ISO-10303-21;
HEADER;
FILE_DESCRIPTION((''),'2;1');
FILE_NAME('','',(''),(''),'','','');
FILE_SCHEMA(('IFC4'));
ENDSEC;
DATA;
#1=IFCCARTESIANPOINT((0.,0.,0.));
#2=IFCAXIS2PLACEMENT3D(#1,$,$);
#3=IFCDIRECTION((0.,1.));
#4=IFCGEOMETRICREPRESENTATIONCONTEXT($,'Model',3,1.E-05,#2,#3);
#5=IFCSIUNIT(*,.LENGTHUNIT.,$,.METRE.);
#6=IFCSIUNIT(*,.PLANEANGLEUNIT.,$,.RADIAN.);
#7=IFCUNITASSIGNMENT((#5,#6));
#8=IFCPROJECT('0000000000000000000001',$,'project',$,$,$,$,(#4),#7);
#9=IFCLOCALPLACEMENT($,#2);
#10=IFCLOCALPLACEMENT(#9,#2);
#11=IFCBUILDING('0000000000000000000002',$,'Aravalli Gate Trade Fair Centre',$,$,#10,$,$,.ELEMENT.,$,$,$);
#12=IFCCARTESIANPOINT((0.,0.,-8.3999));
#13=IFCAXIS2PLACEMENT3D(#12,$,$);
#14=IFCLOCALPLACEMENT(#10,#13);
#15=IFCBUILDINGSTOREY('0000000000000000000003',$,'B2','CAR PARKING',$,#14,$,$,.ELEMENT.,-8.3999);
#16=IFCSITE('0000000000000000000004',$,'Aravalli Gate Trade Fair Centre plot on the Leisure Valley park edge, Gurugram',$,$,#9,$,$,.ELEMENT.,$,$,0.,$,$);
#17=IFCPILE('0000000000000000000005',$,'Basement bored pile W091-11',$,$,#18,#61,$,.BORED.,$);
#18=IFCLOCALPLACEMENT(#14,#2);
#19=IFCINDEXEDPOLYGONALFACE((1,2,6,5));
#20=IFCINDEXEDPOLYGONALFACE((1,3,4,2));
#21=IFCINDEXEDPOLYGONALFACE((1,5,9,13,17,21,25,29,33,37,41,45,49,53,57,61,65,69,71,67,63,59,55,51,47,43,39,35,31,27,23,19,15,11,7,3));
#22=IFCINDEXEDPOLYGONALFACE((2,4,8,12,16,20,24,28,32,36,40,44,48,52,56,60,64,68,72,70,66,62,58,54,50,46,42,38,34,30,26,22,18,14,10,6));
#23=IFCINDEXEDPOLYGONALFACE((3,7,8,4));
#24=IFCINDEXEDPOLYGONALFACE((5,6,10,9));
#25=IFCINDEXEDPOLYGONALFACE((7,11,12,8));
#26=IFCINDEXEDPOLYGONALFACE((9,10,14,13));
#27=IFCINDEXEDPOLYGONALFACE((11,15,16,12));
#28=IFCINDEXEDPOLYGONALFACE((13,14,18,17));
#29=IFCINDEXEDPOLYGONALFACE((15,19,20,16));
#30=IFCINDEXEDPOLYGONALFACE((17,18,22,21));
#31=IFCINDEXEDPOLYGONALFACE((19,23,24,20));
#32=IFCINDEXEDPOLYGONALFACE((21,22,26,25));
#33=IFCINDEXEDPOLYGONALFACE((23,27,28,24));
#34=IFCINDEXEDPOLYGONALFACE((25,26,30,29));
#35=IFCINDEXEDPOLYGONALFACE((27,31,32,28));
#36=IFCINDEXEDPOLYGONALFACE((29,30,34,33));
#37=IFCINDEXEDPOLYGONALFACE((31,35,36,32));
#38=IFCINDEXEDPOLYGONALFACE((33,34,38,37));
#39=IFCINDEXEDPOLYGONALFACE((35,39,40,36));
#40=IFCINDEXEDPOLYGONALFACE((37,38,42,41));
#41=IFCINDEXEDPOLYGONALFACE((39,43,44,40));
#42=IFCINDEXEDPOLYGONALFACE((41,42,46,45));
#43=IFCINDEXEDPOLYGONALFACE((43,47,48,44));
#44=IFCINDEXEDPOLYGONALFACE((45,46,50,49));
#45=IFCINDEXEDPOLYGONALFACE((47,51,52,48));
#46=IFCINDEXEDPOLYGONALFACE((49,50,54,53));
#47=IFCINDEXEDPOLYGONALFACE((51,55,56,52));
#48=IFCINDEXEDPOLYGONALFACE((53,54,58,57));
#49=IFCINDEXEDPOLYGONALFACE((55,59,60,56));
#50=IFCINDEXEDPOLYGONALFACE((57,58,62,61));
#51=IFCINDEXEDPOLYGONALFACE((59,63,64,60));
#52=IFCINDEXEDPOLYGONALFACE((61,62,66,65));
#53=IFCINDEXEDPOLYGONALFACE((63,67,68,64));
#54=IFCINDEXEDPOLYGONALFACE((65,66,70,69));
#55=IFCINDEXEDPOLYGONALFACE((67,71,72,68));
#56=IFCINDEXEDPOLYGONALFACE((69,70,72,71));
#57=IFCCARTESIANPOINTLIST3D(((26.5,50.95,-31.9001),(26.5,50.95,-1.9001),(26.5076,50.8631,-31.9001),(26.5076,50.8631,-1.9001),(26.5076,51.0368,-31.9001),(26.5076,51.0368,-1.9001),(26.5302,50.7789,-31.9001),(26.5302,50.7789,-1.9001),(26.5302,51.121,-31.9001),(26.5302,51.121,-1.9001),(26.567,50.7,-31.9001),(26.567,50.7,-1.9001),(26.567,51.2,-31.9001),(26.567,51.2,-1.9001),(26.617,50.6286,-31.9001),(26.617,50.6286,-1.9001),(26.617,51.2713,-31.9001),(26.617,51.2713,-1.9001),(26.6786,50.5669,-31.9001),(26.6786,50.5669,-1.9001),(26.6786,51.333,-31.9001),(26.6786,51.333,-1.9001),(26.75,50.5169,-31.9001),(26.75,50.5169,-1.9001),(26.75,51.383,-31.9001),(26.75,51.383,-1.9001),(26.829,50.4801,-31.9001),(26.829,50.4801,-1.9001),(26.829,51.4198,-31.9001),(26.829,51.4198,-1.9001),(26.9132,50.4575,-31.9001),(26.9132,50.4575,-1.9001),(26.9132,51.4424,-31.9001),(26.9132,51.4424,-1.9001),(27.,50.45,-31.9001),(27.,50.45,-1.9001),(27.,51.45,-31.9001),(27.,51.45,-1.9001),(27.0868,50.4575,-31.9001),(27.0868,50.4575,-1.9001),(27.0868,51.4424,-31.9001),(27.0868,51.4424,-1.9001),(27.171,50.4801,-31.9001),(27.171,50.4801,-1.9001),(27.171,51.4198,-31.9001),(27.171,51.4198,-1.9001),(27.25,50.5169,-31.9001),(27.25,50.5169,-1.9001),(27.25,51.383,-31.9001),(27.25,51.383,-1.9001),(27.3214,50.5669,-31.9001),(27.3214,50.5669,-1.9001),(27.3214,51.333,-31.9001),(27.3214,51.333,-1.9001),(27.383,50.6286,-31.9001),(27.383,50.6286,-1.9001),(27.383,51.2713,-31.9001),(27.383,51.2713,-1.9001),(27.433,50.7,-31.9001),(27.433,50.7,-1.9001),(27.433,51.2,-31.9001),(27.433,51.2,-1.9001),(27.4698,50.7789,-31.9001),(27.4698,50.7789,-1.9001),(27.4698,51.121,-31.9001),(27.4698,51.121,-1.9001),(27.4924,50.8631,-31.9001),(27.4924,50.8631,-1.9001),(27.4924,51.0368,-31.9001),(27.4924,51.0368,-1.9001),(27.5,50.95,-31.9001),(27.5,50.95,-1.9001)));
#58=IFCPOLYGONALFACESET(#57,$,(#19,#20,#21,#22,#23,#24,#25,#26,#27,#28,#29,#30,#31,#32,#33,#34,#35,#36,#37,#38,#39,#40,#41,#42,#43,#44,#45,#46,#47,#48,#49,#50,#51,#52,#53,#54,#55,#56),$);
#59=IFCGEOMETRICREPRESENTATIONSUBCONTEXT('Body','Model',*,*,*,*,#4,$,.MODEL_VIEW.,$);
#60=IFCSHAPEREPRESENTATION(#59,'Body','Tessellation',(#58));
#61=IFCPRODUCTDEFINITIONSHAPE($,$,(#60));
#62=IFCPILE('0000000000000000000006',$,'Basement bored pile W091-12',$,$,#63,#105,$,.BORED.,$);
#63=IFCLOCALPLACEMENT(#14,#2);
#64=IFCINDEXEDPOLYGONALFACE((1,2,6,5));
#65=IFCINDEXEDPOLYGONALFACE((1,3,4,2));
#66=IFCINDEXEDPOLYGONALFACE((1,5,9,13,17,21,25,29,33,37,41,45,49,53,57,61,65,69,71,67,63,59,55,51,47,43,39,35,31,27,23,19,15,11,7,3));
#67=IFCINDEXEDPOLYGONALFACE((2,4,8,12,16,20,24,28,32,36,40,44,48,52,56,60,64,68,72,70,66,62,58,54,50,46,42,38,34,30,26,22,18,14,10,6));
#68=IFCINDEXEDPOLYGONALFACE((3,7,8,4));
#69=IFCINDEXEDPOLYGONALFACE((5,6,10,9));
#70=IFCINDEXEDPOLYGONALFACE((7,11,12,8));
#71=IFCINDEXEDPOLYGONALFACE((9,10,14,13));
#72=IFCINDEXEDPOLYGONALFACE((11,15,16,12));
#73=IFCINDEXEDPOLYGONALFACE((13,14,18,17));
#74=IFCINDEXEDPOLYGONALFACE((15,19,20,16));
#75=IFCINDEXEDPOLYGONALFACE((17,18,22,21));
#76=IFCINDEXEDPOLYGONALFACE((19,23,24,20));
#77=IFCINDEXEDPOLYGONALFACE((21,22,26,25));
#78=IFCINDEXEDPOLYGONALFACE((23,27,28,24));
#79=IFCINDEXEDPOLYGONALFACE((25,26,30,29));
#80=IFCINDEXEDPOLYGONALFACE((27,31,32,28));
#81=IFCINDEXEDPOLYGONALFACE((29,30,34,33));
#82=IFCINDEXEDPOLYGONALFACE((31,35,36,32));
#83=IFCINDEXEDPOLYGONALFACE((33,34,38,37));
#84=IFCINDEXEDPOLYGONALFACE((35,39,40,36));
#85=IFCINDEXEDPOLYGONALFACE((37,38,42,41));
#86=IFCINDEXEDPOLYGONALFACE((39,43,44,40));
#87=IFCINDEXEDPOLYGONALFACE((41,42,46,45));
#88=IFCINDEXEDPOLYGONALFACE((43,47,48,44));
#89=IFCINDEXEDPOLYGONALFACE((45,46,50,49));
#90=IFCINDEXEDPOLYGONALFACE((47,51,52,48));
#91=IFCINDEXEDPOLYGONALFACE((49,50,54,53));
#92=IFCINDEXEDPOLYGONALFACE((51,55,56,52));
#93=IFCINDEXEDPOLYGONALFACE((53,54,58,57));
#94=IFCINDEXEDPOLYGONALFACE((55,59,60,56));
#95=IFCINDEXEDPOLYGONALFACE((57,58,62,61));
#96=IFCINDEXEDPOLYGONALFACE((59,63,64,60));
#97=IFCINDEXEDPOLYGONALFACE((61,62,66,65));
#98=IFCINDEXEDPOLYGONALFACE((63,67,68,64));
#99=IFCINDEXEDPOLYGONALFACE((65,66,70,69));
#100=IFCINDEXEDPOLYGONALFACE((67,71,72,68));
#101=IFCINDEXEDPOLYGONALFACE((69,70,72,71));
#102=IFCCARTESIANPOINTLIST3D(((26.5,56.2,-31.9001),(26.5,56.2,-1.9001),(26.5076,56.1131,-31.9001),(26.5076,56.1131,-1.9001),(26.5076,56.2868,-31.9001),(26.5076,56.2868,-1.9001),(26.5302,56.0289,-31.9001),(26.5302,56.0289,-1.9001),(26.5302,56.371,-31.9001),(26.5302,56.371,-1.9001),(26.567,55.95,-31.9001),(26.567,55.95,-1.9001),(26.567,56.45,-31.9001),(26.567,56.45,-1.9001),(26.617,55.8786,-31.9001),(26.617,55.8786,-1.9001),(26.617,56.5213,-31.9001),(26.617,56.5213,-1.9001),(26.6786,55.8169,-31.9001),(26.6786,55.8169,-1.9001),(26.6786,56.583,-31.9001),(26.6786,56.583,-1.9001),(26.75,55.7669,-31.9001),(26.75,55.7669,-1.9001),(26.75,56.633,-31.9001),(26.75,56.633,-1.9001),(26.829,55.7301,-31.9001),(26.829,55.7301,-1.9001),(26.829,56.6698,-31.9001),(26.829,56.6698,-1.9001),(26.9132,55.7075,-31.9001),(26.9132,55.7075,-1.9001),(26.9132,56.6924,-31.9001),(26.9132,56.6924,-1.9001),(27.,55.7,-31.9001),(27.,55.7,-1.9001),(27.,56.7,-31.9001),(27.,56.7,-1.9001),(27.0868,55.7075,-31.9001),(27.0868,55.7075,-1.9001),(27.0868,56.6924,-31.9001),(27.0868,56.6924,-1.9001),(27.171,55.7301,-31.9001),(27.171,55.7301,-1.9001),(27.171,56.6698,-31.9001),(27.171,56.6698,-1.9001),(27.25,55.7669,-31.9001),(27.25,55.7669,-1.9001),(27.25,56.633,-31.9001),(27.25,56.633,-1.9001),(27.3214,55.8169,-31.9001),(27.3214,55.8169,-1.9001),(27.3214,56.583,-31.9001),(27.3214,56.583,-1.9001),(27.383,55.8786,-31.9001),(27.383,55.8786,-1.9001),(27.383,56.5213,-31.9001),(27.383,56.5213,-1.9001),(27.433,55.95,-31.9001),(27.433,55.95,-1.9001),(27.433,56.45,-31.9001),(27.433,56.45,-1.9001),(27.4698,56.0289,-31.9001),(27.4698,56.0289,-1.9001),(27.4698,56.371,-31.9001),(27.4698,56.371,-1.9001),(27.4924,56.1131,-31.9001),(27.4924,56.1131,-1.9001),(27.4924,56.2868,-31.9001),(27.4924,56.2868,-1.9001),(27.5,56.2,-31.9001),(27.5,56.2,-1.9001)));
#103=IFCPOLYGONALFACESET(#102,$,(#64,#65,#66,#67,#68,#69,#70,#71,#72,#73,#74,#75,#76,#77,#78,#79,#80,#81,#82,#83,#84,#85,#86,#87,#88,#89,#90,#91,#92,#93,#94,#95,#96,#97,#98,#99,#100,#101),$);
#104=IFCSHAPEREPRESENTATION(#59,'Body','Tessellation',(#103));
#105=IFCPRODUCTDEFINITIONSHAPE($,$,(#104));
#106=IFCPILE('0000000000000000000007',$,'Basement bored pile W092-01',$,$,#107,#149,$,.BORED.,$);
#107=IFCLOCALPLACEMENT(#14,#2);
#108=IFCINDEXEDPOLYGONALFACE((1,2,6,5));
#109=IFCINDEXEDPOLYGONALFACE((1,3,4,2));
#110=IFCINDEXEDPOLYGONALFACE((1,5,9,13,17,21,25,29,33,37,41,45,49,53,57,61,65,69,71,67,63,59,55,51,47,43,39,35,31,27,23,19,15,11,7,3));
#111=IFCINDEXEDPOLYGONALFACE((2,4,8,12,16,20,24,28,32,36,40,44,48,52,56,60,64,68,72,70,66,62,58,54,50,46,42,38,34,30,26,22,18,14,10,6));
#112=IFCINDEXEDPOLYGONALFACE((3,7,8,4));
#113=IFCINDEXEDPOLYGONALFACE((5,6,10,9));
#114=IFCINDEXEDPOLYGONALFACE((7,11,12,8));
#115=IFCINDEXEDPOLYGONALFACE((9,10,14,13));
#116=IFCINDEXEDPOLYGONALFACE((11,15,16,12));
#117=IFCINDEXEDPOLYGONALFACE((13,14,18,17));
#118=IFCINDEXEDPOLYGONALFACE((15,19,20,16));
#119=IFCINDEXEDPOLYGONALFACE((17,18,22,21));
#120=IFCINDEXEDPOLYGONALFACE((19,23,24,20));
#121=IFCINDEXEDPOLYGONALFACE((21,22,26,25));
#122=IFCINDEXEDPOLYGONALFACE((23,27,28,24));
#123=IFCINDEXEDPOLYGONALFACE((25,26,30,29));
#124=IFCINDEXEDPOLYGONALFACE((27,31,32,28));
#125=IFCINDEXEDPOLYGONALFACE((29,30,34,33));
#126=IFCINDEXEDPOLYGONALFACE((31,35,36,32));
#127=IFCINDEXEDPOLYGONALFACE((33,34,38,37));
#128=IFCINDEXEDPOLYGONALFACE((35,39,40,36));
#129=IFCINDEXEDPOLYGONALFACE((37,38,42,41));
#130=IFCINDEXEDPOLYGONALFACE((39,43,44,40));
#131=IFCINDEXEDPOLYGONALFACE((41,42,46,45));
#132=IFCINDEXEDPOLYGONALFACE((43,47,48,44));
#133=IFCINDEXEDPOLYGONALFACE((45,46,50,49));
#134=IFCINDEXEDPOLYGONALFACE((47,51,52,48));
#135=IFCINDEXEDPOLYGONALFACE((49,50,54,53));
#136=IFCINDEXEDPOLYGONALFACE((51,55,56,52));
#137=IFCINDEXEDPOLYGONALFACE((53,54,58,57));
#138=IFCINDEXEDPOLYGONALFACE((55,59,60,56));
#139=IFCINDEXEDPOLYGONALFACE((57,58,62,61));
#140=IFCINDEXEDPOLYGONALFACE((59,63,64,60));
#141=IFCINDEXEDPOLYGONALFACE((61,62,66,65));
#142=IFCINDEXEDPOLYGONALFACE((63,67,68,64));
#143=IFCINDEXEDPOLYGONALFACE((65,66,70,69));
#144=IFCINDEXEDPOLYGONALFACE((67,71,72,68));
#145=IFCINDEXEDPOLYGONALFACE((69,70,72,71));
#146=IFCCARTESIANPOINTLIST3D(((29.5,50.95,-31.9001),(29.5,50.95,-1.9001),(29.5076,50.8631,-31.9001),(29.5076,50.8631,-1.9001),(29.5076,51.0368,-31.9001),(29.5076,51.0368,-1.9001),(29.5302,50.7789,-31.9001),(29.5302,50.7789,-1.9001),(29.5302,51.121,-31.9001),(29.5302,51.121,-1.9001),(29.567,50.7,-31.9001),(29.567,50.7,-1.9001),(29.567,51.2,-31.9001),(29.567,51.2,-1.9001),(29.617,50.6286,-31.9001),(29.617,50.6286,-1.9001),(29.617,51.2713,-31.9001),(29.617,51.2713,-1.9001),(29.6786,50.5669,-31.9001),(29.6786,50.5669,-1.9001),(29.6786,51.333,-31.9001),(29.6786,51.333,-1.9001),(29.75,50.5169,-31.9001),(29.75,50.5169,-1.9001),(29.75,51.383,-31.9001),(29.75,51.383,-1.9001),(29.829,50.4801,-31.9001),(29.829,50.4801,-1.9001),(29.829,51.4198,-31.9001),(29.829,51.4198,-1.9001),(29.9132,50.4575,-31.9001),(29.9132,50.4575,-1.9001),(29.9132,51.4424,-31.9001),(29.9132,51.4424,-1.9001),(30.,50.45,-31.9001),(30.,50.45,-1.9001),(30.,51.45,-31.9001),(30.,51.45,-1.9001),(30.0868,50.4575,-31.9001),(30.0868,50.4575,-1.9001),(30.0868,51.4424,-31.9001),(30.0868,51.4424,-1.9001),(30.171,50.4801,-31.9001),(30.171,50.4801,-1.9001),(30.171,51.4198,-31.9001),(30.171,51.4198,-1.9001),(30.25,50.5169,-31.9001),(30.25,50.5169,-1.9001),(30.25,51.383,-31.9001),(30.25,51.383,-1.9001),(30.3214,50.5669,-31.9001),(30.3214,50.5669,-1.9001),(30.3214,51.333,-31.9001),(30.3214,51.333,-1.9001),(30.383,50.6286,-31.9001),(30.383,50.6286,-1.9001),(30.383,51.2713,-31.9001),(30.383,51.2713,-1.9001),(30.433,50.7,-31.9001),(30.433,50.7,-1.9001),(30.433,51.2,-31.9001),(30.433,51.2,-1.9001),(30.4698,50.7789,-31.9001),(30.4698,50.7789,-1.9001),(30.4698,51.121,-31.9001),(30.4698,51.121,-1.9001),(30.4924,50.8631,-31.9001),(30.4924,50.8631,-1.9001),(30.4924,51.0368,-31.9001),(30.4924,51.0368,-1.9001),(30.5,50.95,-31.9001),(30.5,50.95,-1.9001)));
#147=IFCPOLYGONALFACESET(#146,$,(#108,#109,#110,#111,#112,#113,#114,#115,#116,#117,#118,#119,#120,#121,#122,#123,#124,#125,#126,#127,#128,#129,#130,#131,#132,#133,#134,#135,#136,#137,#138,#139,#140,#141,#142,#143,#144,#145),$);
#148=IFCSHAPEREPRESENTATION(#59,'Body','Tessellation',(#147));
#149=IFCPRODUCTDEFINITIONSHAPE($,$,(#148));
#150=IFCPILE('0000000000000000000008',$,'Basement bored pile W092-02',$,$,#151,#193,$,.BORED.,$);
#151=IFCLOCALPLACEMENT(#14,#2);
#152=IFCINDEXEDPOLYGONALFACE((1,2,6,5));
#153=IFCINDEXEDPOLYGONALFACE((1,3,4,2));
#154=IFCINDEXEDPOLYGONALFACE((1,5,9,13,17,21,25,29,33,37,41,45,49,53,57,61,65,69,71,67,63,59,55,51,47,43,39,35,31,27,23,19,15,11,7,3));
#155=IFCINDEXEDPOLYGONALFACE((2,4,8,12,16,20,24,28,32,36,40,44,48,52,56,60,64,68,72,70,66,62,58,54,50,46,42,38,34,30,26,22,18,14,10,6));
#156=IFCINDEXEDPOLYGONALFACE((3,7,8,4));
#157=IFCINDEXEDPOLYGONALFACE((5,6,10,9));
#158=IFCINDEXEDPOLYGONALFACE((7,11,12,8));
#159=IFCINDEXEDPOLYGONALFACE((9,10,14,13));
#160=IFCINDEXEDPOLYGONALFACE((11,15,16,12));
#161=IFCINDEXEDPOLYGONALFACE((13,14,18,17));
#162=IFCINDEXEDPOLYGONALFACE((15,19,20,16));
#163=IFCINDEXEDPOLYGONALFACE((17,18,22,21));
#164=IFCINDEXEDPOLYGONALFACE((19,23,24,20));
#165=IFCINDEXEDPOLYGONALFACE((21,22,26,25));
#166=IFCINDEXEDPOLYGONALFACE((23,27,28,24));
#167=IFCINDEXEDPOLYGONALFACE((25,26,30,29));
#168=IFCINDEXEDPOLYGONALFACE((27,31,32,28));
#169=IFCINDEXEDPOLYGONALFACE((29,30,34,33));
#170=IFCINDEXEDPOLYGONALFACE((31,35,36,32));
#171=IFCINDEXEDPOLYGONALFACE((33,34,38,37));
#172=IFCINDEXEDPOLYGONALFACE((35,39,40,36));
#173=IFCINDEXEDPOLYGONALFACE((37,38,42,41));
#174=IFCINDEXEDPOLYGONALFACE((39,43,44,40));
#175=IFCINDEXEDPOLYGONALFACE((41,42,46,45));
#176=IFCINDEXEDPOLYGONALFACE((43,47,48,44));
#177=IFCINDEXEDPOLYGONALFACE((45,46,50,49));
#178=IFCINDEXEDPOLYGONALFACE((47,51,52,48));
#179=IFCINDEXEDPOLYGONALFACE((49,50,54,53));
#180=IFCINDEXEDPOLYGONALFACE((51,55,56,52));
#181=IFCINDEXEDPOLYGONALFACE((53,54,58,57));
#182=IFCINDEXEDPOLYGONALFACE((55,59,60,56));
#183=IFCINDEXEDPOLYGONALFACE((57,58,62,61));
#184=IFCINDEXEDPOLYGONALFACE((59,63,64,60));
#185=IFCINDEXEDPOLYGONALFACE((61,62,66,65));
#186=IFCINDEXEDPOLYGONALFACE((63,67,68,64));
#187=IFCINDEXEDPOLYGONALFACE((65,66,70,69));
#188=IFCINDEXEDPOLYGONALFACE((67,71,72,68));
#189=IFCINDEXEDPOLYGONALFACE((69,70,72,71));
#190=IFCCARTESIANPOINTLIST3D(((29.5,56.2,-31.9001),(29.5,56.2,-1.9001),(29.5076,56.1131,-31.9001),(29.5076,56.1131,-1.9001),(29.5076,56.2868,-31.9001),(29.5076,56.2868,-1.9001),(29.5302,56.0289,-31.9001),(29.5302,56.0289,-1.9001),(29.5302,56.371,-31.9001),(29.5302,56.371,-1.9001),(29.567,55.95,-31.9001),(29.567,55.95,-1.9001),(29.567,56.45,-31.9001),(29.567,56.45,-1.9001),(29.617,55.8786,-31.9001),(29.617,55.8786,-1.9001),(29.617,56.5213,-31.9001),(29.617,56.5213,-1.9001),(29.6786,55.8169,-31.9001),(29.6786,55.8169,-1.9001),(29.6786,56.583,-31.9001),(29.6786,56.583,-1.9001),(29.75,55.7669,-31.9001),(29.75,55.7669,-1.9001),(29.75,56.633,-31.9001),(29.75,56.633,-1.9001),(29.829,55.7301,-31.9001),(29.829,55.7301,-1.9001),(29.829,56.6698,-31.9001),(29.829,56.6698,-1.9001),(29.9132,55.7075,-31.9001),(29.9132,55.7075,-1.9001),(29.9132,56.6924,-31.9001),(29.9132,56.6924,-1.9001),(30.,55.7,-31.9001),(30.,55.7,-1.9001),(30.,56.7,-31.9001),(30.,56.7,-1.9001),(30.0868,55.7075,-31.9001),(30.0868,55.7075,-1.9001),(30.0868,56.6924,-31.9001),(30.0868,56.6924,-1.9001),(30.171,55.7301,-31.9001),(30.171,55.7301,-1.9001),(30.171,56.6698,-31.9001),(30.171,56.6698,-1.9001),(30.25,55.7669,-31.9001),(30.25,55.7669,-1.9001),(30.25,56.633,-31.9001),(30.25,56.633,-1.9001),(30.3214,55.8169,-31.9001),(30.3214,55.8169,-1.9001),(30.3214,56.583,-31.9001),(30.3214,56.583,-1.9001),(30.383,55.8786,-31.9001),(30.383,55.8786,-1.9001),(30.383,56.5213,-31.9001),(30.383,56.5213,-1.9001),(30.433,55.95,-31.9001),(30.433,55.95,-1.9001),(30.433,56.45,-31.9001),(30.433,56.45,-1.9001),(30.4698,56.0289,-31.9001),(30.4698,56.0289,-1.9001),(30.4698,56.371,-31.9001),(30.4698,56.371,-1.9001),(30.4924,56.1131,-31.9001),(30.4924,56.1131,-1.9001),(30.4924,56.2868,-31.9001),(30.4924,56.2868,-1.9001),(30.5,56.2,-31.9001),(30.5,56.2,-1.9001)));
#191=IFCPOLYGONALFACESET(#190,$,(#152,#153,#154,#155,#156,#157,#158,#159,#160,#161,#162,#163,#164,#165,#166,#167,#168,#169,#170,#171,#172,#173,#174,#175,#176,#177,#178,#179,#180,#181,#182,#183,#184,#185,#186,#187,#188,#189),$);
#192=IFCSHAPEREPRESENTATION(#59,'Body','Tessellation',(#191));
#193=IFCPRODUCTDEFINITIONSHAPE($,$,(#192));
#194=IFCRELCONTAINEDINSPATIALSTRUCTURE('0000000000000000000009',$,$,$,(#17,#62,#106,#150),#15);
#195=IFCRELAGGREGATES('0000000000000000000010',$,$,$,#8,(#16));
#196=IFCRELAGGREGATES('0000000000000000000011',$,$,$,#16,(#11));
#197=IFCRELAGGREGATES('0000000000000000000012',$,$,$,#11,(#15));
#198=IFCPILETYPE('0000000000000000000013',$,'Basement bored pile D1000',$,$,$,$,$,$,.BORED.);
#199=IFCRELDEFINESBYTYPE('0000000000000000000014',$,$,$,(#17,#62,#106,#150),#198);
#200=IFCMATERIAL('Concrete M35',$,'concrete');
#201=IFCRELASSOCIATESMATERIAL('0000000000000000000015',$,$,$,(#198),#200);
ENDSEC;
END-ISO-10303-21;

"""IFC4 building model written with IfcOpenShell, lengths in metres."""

from ifc_helpers import new_model, si_unit, direction, frame, origin, origin_2d, place, context, subcontext, project, spatial, circle, extrude, material, material_profile, profile_set, type_object, element, save


model = new_model("IFC4")

# Units and contexts
model_context = context("Model", 3, precision=1e-05, world=origin(), true_north=direction((0.0, 1.0)))
body_context = subcontext(model_context, "Body", "Model", "MODEL_VIEW")
ifc_project = project(units=[si_unit("LENGTHUNIT", "METRE"), si_unit("PLANEANGLEUNIT", "RADIAN")], contexts=[model_context])

# Site, building, storey
site_placement = place(None, origin())
site = spatial("IfcSite", under=ifc_project, at=site_placement, Name="Aravalli Gate Trade Fair Centre plot on the Leisure Valley park edge, Gurugram", CompositionType="ELEMENT", RefElevation=0.0)
building_placement = place(site_placement, origin())
building = spatial("IfcBuilding", under=site, at=building_placement, Name="Aravalli Gate Trade Fair Centre", CompositionType="ELEMENT")
storey_placement = place(building_placement, frame((0.0, 0.0, -8.3999)))
storey = spatial("IfcBuildingStorey", under=building, at=storey_placement, Name="B2", Description="CAR PARKING", CompositionType="ELEMENT", Elevation=-8.3999)

# Piles
ifc_material_1 = material(Name="Concrete M35", Category="concrete")
ifc_material_profile_1 = material_profile(ifc_material_1, circle(Radius=0.5, at=origin_2d()), Name="D1000")
ifc_profile_set_1 = profile_set([ifc_material_profile_1], Name="Concrete M35")
pile_type = type_object("IfcPileType", Name="Basement bored pile D1000", PredefinedType="BORED", material=ifc_profile_set_1)
for number, where, z_axis, x_axis, name in (
    (1, (27.0, 50.95, -1.9001), (0.0, 0.0, -1.0), (1.0, 0.0, 0.0), "Basement bored pile W091-11"),
    (2, (27.0, 56.2, -1.9001), (0.0, 0.0, -1.0), (1.0, 0.0, 0.0), "Basement bored pile W091-12"),
    (3, (30.0, 50.95, -1.9001), (0.0, 0.0, -1.0), (1.0, 0.0, 0.0), "Basement bored pile W092-01"),
    (4, (30.0, 56.2, -1.9001), (0.0, 0.0, -1.0), (1.0, 0.0, 0.0), "Basement bored pile W092-02"),
):
    element("IfcPile", number, at=place(storey_placement, frame(where, z_axis=z_axis, x_axis=x_axis)), inside=storey, type_object=pile_type, Name=name, PredefinedType="BORED", context=body_context, shape_type="SweptSolid", body=[
        extrude(circle(Radius=0.5, at=origin_2d()), origin(), (0.0, 0.0, 1.0), 30.0),
    ])

save(model, "model.ifc")
